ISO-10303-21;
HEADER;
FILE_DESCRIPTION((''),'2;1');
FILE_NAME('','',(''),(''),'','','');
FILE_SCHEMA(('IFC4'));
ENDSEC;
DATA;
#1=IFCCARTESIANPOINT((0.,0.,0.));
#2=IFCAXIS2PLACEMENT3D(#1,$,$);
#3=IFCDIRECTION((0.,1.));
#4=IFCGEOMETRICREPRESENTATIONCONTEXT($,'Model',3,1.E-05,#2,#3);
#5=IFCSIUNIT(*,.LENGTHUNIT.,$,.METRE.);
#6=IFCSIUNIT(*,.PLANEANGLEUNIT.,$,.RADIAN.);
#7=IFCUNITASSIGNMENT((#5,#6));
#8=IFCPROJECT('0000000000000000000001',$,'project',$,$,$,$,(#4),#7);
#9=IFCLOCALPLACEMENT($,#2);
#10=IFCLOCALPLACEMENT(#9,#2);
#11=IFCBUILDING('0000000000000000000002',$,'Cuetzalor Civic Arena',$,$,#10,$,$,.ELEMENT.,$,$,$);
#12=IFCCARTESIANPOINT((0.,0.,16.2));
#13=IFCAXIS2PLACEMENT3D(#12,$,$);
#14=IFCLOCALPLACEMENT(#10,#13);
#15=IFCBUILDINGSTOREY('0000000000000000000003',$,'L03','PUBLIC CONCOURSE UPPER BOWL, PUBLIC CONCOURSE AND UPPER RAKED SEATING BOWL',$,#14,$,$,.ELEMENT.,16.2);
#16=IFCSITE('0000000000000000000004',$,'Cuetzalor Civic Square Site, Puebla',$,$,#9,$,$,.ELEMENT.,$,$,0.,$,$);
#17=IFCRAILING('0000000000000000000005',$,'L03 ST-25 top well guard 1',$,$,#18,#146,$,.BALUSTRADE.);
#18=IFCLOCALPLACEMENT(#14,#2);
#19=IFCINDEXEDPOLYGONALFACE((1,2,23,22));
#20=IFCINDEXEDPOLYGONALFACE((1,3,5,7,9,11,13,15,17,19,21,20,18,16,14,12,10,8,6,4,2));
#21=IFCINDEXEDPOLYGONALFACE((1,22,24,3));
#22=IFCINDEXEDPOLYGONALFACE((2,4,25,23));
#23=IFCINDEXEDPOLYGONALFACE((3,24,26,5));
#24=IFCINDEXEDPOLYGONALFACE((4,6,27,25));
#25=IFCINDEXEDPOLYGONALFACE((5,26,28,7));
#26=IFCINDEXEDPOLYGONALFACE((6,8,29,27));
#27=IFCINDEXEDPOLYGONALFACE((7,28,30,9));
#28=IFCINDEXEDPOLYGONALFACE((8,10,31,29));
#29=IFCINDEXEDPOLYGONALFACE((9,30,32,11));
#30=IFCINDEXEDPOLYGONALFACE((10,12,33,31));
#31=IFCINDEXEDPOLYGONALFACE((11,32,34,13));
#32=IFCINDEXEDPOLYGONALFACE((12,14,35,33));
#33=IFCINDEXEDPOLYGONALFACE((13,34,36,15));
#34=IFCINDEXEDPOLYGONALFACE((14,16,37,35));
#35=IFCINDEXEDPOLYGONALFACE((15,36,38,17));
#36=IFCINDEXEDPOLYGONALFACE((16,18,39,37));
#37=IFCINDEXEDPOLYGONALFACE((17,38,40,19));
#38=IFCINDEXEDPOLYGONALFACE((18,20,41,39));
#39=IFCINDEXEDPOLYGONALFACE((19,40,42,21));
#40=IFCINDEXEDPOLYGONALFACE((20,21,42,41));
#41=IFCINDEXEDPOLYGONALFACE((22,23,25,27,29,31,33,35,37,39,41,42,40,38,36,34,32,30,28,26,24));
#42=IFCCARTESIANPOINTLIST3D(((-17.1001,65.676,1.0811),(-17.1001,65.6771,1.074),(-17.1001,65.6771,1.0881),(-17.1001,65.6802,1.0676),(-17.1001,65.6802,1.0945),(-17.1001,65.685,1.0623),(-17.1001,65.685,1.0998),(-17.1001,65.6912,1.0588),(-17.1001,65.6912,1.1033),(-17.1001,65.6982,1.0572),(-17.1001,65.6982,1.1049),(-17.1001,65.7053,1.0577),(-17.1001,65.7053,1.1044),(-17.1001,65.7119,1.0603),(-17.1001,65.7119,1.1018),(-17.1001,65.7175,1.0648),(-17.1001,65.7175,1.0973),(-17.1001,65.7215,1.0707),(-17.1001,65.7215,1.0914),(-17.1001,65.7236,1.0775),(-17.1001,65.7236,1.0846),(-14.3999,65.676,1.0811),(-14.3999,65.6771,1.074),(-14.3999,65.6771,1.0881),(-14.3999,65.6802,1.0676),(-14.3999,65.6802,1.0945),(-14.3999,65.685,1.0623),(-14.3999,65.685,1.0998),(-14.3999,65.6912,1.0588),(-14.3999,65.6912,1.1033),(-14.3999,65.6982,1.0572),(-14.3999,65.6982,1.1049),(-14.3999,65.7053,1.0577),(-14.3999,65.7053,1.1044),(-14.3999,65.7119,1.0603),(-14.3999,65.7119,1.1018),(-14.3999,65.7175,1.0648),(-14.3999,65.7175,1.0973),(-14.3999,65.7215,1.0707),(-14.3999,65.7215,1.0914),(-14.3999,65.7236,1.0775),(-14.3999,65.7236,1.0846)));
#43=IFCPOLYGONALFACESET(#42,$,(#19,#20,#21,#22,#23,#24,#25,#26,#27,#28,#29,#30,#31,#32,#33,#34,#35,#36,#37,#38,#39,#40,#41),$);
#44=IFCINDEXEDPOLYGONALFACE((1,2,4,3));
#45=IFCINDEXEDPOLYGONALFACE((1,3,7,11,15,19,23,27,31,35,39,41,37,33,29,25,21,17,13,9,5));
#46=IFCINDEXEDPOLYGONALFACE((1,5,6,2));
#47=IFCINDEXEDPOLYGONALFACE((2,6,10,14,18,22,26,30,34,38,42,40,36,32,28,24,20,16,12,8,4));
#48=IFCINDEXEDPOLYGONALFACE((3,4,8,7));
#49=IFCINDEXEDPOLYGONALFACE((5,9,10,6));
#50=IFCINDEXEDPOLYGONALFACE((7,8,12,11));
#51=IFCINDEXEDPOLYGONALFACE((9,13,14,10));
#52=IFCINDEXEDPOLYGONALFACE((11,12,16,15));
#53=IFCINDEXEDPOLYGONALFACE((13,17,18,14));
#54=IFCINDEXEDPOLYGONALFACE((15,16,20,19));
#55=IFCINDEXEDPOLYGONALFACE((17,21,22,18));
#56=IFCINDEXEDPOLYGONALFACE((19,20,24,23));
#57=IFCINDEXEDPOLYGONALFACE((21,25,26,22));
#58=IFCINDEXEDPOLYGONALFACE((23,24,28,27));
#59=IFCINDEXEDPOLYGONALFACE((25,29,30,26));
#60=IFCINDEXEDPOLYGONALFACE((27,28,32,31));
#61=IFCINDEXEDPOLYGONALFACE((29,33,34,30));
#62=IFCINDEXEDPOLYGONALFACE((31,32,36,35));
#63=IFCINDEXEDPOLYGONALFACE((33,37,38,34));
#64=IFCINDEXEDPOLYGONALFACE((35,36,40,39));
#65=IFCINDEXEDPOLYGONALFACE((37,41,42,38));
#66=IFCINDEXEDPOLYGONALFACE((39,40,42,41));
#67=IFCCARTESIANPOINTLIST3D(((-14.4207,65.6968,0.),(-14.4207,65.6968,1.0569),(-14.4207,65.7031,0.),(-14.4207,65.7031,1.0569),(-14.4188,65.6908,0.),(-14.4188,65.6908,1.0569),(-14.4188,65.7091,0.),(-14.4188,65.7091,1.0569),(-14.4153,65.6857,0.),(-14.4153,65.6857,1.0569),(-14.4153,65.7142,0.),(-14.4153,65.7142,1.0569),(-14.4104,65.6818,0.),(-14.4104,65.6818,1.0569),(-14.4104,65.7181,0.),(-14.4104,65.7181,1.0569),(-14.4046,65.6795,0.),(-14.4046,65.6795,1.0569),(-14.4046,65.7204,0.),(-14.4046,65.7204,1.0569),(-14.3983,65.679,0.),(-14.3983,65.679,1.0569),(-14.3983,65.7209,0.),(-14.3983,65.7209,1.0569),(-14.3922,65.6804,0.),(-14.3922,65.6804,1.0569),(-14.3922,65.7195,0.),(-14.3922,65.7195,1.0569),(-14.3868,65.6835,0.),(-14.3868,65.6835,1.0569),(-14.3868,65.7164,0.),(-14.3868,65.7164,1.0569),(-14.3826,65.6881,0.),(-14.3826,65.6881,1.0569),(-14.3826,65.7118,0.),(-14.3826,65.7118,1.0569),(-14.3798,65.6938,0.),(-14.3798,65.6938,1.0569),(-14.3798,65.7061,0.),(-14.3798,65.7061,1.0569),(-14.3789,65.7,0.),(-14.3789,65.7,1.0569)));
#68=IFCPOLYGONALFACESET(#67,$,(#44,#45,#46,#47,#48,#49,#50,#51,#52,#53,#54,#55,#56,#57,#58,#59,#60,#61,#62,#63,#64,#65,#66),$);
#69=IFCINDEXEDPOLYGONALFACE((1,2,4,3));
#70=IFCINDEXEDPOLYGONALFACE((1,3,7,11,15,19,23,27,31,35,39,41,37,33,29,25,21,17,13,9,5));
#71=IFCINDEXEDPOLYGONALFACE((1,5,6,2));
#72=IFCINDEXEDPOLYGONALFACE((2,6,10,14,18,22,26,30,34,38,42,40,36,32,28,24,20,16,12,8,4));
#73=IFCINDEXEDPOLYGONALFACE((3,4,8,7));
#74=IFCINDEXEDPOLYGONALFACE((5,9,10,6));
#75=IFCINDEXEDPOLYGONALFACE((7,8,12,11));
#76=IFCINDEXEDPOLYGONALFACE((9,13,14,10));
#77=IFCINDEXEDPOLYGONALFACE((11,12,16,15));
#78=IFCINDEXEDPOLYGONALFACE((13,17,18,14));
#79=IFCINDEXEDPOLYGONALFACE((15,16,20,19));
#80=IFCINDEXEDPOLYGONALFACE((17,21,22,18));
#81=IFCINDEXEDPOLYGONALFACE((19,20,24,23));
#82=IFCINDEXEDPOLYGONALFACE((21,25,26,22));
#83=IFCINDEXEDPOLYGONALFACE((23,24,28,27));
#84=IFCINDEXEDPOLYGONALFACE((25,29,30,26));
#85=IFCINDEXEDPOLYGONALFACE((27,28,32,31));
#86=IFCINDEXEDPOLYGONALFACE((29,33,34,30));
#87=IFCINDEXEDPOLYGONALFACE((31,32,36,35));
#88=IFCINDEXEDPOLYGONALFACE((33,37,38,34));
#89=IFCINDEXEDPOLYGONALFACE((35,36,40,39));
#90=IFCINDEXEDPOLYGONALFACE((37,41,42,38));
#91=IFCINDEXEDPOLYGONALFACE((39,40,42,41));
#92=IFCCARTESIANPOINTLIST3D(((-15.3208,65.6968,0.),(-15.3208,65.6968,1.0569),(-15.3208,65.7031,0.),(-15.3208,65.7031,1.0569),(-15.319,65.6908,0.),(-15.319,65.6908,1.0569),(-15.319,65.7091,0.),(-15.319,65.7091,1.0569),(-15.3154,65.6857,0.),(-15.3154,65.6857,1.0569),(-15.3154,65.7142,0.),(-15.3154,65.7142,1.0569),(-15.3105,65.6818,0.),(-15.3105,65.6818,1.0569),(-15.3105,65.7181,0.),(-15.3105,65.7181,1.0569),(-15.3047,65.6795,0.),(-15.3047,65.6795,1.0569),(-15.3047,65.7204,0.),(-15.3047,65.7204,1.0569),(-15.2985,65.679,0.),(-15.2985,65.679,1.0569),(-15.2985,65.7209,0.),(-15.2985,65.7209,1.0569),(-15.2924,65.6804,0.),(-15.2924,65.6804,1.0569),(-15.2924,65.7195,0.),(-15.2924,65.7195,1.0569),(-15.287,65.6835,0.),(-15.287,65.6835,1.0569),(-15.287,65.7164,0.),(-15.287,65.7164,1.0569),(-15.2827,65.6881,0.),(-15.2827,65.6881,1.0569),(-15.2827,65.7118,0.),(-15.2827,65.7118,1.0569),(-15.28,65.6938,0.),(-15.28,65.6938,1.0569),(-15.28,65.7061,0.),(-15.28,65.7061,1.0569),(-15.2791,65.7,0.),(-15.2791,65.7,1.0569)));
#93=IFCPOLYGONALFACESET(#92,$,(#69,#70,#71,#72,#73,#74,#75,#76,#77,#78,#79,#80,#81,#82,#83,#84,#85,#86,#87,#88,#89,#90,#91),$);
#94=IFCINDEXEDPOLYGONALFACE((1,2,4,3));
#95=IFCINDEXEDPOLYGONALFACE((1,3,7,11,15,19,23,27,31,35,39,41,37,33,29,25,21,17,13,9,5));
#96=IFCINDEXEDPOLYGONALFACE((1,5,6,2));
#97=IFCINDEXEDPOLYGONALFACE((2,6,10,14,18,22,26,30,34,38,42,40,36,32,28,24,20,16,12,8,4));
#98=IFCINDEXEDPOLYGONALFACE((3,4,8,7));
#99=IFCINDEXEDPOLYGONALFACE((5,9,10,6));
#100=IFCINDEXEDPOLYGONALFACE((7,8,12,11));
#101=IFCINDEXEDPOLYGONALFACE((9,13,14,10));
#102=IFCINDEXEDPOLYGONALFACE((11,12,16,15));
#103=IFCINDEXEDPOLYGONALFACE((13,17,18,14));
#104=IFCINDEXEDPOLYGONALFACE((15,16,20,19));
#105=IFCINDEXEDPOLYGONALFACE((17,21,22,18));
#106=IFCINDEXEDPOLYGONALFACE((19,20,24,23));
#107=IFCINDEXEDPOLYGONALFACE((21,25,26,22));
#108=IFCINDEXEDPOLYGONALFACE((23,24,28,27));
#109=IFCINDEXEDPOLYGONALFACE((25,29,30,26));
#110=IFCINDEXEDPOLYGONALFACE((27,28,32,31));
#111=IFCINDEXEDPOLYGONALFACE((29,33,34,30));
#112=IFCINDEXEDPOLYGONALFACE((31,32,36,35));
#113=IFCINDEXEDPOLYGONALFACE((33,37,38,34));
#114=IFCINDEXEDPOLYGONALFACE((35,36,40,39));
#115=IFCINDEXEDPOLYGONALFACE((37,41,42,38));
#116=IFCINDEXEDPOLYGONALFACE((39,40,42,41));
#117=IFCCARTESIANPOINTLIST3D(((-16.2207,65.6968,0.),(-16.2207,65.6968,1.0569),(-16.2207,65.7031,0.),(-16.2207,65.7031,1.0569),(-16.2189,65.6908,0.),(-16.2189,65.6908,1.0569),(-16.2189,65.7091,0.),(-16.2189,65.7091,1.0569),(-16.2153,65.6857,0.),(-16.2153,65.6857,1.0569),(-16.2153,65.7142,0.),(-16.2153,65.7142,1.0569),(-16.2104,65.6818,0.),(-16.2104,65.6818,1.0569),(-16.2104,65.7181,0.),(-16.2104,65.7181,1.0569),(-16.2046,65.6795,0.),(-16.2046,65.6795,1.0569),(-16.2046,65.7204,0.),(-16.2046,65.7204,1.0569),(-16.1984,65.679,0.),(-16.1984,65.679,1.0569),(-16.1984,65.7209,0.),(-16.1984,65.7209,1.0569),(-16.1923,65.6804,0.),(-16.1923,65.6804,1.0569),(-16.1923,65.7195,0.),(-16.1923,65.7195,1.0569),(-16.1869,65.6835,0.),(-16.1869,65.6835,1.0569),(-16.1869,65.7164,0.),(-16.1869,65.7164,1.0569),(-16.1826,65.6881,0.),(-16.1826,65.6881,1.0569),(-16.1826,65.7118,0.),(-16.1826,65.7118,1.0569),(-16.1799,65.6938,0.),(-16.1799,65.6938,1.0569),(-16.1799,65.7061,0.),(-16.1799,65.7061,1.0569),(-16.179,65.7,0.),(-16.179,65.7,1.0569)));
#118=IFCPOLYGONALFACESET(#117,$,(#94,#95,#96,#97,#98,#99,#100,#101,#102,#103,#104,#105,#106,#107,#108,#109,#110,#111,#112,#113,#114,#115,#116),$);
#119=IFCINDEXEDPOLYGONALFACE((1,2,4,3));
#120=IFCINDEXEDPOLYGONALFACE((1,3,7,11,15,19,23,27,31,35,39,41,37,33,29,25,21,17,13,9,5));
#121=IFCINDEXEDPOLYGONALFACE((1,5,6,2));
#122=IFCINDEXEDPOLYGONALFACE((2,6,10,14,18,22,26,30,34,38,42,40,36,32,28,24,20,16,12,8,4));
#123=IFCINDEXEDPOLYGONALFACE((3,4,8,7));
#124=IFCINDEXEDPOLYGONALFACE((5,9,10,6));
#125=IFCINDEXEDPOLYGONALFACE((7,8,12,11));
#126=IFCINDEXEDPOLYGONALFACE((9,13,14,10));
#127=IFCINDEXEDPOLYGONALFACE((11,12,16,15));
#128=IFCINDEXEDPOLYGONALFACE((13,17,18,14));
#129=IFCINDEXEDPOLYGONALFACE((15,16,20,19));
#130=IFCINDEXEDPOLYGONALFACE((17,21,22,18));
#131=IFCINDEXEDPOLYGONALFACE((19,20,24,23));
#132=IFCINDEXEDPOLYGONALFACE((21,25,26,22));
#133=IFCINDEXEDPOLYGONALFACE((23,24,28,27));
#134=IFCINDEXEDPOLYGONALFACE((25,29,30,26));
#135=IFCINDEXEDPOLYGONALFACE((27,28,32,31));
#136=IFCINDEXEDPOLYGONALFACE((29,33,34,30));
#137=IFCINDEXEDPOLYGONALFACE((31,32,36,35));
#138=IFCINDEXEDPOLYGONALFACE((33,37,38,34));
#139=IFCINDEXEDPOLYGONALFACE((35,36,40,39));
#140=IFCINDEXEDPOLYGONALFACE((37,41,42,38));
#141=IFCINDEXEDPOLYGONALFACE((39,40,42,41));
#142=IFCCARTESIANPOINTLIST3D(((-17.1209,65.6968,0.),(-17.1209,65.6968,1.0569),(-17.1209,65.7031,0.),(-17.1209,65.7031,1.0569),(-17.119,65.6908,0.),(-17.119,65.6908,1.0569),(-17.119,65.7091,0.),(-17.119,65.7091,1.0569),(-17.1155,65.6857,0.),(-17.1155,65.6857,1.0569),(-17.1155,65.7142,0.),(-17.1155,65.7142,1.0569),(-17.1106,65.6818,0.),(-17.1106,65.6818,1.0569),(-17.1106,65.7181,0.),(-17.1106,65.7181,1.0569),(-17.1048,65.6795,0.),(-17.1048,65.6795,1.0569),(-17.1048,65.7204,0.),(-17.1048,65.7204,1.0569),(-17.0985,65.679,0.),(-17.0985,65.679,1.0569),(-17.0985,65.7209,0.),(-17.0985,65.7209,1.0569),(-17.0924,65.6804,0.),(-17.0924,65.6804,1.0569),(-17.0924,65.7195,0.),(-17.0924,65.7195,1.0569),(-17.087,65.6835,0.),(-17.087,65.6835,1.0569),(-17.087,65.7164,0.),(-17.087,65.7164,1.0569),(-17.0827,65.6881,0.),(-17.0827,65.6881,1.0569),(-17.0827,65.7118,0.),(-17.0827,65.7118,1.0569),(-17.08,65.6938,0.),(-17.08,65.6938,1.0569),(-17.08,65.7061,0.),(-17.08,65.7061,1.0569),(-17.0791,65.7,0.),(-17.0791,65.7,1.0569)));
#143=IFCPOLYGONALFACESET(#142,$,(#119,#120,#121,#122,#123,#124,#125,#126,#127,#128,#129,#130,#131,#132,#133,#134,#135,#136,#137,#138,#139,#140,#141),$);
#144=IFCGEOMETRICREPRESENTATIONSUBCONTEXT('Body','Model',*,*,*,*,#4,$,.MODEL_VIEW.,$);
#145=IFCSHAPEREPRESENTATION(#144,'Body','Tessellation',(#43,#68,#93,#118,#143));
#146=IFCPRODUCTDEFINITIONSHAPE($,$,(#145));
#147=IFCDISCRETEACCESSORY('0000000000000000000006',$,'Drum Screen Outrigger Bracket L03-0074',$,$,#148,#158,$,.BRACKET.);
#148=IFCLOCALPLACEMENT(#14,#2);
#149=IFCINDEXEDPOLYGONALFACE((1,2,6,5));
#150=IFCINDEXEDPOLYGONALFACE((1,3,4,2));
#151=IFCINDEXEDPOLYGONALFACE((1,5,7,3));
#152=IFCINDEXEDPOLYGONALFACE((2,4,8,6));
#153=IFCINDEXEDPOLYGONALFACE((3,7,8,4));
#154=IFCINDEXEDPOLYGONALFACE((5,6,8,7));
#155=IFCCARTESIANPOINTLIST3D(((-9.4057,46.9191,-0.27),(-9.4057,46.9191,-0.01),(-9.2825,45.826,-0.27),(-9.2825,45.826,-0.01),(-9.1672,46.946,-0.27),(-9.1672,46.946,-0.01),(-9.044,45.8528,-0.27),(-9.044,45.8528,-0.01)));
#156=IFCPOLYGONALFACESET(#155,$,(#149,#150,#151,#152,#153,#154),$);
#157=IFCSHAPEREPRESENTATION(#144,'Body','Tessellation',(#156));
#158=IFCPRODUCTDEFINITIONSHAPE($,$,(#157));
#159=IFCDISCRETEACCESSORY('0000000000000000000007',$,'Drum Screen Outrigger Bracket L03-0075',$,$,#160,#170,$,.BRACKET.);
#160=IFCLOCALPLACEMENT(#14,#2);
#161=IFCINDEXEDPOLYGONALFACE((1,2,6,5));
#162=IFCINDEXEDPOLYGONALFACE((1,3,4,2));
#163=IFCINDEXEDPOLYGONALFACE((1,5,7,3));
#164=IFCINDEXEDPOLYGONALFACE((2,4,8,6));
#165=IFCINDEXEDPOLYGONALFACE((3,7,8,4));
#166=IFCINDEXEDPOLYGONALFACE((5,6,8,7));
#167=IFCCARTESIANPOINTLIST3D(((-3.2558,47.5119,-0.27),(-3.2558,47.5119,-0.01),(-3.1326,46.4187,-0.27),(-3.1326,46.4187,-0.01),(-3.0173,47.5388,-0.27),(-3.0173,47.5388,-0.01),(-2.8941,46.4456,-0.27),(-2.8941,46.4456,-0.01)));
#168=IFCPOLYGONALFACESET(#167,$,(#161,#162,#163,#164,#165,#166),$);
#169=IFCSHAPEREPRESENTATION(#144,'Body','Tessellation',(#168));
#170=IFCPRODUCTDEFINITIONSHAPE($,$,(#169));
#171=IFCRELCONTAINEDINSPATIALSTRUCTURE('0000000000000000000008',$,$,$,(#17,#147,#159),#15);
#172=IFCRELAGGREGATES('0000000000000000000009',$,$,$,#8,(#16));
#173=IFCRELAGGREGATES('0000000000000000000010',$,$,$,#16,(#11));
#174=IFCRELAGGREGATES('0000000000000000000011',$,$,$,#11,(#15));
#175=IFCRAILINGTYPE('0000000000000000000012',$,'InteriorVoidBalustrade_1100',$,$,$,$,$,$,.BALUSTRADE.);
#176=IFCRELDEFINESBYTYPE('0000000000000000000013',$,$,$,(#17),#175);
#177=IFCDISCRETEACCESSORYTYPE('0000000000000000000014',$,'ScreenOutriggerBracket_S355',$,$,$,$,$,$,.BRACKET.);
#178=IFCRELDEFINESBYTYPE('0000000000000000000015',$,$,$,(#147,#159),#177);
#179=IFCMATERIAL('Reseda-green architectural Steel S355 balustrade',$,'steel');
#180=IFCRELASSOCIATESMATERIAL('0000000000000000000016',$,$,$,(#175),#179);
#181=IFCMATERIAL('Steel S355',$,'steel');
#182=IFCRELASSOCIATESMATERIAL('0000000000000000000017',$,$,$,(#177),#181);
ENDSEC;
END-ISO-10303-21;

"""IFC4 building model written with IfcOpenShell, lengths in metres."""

from ifc_helpers import new_model, si_unit, direction, frame, origin, origin_2d, place, context, subcontext, project, spatial, rectangle, circle, extrude, material, type_object, element, save


model = new_model("IFC4")

# Units and contexts
model_context = context("Model", 3, precision=1e-05, world=origin(), true_north=direction((0.0, 1.0)))
body_context = subcontext(model_context, "Body", "Model", "MODEL_VIEW")
ifc_project = project(units=[si_unit("LENGTHUNIT", "METRE"), si_unit("PLANEANGLEUNIT", "RADIAN")], contexts=[model_context])

# Site, building, storey
site_placement = place(None, origin())
site = spatial("IfcSite", under=ifc_project, at=site_placement, Name="Cuetzalor Civic Square Site, Puebla", CompositionType="ELEMENT", RefElevation=0.0)
building_placement = place(site_placement, origin())
building = spatial("IfcBuilding", under=site, at=building_placement, Name="Cuetzalor Civic Arena", CompositionType="ELEMENT")
storey_placement = place(building_placement, frame((0.0, 0.0, 16.2)))
storey = spatial("IfcBuildingStorey", under=building, at=storey_placement, Name="L03", Description="PUBLIC CONCOURSE UPPER BOWL, PUBLIC CONCOURSE AND UPPER RAKED SEATING BOWL", CompositionType="ELEMENT", Elevation=16.2)

# Railing
ifc_material_1 = material(Name="Reseda-green architectural Steel S355 balustrade", Category="steel")
railing_type = type_object("IfcRailingType", Name="InteriorVoidBalustrade_1100", PredefinedType="BALUSTRADE", material=ifc_material_1)
railing_placement = place(storey_placement, frame((-14.3999, 65.7, 0.0)))
element("IfcRailing", 1, at=railing_placement, inside=storey, type_object=railing_type, Name="L03 ST-25 top well guard 1", PredefinedType="BALUSTRADE", context=body_context, shape_type="SweptSolid", body=[
    extrude(circle(Radius=0.0239, at=origin_2d()), frame((0.0, 0.0, 1.0811), z_axis=(-1.0, 0.0, 0.0), x_axis=(0.0, -1.0, 0.0)), (0.0, 0.0, 1.0), 2.7002),
    extrude(circle(Radius=0.021, at=origin_2d()), origin(), (0.0, 0.0, 1.0), 1.0569),
    extrude(circle(Radius=0.021, at=origin_2d()), frame((-0.9001, 0.0, 0.0)), (0.0, 0.0, 1.0), 1.0569),
    extrude(circle(Radius=0.021, at=origin_2d()), frame((-1.8, 0.0, 0.0)), (0.0, 0.0, 1.0), 1.0569),
    extrude(circle(Radius=0.021, at=origin_2d()), frame((-2.7002, 0.0, 0.0)), (0.0, 0.0, 1.0), 1.0569),
])

# Discrete accessories
ifc_material_2 = material(Name="Steel S355", Category="steel")
discrete_accessory_type = type_object("IfcDiscreteAccessoryType", Name="ScreenOutriggerBracket_S355", PredefinedType="BRACKET", material=ifc_material_2)
for number, where, z_axis, x_axis, name in (
    (2, (-9.2249, 46.386, -0.27), (0.0, 0.0, 1.0), (-0.111989, 0.993709, 0.0), "Drum Screen Outrigger Bracket L03-0074"),
    (3, (-3.075, 46.9788, -0.27), (0.0, 0.0, 1.0), (-0.111989, 0.993709, 0.0), "Drum Screen Outrigger Bracket L03-0075"),
):
    element("IfcDiscreteAccessory", number, at=place(storey_placement, frame(where, z_axis=z_axis, x_axis=x_axis)), inside=storey, type_object=discrete_accessory_type, Name=name, PredefinedType="BRACKET", context=body_context, shape_type="SweptSolid", body=[
        extrude(rectangle(XDim=1.1001, YDim=0.24, at=origin_2d()), origin(), (0.0, 0.0, 1.0), 0.26),
    ])

save(model, "model.ifc")
